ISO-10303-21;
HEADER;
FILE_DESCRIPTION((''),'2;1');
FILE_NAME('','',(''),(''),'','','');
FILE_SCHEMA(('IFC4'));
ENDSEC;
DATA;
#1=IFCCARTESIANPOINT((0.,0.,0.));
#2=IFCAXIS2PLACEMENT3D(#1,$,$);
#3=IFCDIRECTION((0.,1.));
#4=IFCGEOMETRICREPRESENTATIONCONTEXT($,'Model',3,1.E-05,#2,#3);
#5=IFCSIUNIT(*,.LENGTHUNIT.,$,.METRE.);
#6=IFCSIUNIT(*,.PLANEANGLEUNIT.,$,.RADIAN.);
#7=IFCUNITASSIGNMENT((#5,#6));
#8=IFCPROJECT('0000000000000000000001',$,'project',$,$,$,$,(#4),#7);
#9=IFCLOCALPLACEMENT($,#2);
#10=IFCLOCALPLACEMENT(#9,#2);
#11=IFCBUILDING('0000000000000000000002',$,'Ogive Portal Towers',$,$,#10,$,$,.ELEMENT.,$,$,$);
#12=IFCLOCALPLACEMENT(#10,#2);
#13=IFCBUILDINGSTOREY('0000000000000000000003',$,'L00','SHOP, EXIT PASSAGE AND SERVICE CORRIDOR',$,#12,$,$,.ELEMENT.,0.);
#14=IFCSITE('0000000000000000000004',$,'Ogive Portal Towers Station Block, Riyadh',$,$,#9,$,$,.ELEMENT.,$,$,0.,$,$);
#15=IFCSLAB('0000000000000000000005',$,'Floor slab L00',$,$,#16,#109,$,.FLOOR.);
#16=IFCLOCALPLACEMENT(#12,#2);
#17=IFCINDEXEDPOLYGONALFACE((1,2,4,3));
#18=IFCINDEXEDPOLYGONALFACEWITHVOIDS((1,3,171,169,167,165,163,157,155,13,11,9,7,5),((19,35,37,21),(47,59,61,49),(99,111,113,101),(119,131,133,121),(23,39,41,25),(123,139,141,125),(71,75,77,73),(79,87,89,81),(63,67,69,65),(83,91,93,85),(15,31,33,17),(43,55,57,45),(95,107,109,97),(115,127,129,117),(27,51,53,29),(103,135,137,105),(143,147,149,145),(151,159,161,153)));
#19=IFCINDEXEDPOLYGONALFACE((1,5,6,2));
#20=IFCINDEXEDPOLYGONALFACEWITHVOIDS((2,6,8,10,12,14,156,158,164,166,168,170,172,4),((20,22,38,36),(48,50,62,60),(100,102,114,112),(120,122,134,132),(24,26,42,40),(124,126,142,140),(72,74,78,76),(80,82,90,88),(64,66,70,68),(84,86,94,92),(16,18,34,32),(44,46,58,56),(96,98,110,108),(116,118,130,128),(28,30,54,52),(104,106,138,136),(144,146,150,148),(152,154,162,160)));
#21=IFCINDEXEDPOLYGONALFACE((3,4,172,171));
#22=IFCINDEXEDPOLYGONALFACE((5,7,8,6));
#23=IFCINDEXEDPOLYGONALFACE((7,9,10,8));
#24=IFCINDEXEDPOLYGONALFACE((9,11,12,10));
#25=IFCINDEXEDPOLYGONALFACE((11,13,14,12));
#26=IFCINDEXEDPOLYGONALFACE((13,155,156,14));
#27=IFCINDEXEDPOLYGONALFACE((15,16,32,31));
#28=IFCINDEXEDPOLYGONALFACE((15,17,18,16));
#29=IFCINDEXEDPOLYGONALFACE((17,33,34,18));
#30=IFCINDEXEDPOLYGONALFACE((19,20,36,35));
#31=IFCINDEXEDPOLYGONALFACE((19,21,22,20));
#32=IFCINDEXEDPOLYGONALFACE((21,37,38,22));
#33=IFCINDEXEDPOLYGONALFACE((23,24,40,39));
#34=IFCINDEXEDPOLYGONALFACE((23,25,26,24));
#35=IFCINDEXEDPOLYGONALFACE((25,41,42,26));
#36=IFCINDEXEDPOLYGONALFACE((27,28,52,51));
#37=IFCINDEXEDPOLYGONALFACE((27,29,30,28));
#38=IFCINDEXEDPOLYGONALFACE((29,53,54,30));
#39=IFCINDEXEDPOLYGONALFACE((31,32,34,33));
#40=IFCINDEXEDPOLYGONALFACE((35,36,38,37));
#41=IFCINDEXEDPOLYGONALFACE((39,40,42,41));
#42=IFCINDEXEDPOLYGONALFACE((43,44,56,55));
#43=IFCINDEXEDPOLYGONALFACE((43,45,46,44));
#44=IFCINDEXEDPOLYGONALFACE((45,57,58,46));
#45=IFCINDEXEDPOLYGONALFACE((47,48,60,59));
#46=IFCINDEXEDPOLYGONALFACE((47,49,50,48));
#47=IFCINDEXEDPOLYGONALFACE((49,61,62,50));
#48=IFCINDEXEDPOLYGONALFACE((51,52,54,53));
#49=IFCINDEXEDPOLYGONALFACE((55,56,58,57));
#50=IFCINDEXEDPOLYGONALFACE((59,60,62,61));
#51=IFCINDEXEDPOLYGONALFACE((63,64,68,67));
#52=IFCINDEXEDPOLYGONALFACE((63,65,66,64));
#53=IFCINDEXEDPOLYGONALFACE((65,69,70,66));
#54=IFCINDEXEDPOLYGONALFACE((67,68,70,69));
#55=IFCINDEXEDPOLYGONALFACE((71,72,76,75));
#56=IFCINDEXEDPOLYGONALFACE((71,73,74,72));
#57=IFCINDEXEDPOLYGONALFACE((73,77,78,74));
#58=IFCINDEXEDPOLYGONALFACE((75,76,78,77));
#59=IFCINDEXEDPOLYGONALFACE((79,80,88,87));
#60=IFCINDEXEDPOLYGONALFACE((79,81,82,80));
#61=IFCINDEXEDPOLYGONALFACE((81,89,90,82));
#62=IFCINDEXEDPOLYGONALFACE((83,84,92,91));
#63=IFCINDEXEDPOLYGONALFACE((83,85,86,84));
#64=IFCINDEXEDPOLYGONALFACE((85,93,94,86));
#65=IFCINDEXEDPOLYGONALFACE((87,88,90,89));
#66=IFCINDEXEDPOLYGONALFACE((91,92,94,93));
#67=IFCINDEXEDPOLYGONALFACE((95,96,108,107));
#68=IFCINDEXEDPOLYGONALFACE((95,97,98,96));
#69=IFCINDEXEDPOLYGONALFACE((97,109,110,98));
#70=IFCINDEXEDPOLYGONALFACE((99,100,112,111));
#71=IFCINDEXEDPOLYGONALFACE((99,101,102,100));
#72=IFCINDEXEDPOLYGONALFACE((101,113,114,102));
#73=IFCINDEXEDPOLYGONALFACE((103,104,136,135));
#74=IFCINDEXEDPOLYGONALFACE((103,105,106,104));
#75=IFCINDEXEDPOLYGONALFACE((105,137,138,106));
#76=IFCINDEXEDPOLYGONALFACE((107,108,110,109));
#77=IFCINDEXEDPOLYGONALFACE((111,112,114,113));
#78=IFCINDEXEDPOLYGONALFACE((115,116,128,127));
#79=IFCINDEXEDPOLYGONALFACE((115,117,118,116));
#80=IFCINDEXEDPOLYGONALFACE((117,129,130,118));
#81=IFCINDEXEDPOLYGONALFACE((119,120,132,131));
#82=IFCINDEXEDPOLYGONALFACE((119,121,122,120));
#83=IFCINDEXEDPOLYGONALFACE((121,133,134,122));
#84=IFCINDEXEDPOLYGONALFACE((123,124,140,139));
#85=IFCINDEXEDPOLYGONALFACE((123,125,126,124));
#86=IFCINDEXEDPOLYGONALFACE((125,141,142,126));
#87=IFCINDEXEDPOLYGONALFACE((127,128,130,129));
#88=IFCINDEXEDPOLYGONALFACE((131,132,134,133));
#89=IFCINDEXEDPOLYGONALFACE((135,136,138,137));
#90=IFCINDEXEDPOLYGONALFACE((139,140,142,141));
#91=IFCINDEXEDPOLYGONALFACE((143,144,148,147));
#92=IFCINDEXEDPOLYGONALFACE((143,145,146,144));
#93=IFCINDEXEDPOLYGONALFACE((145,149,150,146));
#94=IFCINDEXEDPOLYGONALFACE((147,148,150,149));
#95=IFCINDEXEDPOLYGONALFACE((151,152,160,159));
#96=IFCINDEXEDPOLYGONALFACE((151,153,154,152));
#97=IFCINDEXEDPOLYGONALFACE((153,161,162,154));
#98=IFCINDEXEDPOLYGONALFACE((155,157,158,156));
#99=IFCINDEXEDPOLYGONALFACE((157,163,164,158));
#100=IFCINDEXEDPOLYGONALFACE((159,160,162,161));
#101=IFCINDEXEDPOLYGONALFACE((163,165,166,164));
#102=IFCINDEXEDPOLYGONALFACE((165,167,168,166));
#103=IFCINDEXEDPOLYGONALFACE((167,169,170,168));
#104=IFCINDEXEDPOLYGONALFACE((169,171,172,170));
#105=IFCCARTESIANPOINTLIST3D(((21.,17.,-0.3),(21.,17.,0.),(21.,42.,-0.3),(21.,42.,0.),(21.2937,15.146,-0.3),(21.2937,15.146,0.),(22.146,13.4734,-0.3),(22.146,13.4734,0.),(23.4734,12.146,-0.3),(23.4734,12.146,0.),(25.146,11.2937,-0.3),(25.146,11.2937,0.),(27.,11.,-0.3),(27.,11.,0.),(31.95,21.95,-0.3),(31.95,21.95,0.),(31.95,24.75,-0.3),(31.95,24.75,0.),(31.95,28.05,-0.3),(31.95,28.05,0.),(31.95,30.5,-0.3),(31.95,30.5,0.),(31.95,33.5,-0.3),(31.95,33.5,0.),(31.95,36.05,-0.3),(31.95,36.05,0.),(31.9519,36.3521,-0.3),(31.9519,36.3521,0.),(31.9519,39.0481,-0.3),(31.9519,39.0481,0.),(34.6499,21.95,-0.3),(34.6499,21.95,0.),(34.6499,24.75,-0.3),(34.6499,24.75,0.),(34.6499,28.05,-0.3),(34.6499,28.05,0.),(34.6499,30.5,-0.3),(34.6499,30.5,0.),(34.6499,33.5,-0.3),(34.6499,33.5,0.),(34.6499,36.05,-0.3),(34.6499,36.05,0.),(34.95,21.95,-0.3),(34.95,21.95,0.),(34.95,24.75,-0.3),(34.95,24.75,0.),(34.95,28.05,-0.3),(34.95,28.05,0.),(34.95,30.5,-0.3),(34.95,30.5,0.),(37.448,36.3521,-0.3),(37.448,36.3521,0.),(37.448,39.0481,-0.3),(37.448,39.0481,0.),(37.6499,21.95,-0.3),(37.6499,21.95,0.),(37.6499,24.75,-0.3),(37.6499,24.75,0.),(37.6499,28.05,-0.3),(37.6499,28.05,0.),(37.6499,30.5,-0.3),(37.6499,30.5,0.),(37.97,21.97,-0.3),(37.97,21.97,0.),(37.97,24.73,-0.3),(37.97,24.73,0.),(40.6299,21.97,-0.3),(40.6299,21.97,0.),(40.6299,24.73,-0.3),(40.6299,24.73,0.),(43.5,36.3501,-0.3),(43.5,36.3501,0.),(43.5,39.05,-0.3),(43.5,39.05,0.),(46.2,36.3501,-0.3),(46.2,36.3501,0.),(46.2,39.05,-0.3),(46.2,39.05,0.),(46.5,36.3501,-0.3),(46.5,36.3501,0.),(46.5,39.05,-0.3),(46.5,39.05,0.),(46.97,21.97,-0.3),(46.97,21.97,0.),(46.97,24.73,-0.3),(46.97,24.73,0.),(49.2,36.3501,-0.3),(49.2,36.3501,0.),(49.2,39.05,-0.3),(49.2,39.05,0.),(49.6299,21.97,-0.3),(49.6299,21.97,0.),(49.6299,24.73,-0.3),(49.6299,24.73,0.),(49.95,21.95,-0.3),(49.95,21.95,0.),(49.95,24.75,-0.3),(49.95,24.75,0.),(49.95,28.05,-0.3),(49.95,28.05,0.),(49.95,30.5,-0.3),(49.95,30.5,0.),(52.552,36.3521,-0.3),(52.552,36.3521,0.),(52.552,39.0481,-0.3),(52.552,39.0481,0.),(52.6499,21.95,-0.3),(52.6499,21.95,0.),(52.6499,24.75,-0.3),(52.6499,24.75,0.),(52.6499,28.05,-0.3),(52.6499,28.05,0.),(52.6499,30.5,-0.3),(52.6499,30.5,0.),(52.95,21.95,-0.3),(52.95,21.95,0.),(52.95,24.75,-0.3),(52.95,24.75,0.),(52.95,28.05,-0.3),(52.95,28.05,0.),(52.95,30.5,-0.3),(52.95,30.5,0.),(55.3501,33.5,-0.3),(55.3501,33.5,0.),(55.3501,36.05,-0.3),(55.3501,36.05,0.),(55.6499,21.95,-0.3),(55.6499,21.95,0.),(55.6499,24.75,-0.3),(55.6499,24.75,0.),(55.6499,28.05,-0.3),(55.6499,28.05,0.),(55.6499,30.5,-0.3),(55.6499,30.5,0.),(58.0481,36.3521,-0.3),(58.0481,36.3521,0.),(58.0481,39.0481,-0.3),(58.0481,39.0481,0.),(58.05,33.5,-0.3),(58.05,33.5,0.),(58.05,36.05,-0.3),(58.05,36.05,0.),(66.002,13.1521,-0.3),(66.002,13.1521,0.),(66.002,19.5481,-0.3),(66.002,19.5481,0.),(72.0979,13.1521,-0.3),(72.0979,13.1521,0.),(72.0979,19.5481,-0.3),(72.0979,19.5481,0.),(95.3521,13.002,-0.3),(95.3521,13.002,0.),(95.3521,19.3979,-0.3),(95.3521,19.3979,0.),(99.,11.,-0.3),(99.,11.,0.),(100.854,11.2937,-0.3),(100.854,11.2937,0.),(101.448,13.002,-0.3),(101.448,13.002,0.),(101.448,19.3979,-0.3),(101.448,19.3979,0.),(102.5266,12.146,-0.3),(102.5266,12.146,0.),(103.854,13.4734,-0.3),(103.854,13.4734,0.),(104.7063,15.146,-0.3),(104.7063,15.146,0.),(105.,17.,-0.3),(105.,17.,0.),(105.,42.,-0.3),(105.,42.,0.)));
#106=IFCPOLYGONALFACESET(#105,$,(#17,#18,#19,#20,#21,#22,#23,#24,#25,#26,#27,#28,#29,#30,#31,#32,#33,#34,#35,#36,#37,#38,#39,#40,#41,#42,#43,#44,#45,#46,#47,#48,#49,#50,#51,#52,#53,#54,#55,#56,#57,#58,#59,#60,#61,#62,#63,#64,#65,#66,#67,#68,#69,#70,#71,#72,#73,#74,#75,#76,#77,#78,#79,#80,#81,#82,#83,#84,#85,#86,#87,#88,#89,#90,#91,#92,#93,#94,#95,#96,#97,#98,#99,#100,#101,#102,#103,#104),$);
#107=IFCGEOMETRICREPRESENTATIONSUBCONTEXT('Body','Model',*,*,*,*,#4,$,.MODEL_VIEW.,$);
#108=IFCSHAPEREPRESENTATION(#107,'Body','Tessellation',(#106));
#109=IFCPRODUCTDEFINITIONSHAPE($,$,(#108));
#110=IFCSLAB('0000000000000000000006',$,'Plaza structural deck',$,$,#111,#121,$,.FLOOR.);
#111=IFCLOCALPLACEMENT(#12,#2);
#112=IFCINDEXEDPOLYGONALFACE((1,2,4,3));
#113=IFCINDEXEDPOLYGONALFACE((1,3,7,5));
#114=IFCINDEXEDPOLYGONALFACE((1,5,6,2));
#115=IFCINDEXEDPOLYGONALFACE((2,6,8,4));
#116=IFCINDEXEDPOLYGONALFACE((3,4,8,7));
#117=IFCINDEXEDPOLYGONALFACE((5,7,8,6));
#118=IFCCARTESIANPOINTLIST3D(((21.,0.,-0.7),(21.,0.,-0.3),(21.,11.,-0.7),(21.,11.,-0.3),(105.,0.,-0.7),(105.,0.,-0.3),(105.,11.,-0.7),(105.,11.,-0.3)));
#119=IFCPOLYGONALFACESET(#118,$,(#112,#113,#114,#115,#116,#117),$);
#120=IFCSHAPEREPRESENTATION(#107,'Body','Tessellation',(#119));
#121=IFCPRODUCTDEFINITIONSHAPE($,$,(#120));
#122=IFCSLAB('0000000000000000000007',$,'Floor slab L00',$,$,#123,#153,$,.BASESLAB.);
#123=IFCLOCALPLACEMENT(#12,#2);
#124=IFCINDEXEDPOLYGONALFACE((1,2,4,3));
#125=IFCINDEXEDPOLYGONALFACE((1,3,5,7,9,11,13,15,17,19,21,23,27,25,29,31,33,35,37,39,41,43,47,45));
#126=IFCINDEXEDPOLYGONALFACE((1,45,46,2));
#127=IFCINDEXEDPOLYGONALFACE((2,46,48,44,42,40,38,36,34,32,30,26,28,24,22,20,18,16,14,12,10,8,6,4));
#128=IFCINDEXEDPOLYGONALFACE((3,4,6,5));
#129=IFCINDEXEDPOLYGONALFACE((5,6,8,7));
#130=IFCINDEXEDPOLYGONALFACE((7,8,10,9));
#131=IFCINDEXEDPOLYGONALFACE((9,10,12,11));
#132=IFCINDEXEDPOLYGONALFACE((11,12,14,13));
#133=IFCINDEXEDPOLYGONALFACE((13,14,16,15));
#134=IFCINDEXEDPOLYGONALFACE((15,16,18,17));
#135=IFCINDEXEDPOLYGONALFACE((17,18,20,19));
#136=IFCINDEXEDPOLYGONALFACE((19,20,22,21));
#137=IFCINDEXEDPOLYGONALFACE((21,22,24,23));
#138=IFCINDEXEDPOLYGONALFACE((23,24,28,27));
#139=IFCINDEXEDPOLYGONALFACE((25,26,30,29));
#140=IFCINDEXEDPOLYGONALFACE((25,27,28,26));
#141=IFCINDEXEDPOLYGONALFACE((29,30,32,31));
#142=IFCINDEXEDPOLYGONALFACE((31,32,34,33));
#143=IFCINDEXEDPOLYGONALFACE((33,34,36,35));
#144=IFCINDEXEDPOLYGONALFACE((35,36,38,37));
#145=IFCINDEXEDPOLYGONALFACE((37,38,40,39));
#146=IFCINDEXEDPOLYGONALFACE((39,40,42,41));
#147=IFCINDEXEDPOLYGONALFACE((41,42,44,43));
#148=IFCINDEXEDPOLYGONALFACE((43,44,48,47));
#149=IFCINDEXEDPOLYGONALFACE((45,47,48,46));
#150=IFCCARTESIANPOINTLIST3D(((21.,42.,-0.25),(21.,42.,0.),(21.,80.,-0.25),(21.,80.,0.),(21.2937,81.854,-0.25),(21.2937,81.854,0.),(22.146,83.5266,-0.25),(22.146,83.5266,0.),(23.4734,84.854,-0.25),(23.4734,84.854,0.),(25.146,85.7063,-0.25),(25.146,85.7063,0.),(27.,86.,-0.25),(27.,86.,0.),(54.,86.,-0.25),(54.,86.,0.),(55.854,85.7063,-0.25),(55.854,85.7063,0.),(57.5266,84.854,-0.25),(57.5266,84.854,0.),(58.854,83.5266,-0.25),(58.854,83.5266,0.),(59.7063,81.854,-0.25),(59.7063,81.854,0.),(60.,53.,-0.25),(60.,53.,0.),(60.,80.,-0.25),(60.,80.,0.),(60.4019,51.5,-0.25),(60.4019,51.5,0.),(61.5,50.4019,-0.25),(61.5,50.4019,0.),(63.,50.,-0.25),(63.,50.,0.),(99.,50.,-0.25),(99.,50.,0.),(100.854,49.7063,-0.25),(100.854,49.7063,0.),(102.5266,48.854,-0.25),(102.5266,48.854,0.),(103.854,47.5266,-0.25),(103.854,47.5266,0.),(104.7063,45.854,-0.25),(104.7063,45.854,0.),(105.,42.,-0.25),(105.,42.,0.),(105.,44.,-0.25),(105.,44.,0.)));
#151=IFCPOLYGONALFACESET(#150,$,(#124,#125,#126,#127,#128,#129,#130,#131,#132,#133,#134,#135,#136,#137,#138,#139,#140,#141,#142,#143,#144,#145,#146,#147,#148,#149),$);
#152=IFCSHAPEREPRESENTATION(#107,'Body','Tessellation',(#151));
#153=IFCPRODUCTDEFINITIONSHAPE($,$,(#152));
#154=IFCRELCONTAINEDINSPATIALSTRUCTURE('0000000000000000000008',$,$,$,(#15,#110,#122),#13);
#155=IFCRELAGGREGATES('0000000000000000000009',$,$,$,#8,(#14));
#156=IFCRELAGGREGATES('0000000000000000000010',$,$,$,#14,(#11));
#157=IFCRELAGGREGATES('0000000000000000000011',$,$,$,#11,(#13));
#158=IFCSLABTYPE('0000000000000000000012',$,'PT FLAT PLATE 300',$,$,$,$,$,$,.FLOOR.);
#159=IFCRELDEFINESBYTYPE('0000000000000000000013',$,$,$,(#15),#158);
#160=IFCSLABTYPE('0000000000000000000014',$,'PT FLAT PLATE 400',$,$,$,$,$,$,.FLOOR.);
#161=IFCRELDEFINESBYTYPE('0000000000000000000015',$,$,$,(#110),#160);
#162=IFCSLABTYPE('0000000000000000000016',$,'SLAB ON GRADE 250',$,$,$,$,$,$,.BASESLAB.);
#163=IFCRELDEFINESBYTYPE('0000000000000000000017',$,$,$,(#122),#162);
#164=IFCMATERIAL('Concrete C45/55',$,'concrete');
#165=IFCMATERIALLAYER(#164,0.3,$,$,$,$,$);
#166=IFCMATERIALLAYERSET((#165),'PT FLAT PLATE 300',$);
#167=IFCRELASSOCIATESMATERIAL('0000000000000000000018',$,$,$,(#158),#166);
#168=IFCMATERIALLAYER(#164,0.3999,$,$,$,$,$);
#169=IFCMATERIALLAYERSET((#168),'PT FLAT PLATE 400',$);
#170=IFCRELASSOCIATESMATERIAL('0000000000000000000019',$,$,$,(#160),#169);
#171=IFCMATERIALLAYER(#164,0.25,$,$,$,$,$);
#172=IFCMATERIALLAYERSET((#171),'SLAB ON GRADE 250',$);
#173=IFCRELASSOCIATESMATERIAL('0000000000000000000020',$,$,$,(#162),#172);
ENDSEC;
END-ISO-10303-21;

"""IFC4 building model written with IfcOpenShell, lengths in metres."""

from ifc_helpers import new_model, si_unit, direction, frame, origin, place, context, subcontext, project, spatial, polyline, outline, extrude, material, layer, layer_set, type_object, element, save


model = new_model("IFC4")

# Units and contexts
model_context = context("Model", 3, precision=1e-05, world=origin(), true_north=direction((0.0, 1.0)))
body_context = subcontext(model_context, "Body", "Model", "MODEL_VIEW")
ifc_project = project(units=[si_unit("LENGTHUNIT", "METRE"), si_unit("PLANEANGLEUNIT", "RADIAN")], contexts=[model_context])

# Site, building, storey
site_placement = place(None, origin())
site = spatial("IfcSite", under=ifc_project, at=site_placement, Name="Ogive Portal Towers Station Block, Riyadh", CompositionType="ELEMENT", RefElevation=0.0)
building_placement = place(site_placement, origin())
building = spatial("IfcBuilding", under=site, at=building_placement, Name="Ogive Portal Towers", CompositionType="ELEMENT")
storey_placement = place(building_placement, origin())
storey = spatial("IfcBuildingStorey", under=building, at=storey_placement, Name="L00", Description="SHOP, EXIT PASSAGE AND SERVICE CORRIDOR", CompositionType="ELEMENT", Elevation=0.0)

# Slabs
ifc_material_1 = material(Name="Concrete C45/55", Category="concrete")
ifc_layer_1 = layer(ifc_material_1, 0.3)
ifc_layer_set_1 = layer_set([ifc_layer_1], Name="PT FLAT PLATE 300")
slab_type_1 = type_object("IfcSlabType", Name="PT FLAT PLATE 300", PredefinedType="FLOOR", material=ifc_layer_set_1)
slab_1_placement = place(storey_placement, frame((0.0, 0.0, -0.3)))
element("IfcSlab", 1, at=slab_1_placement, inside=storey, type_object=slab_type_1, Name="Floor slab L00", PredefinedType="FLOOR", context=body_context, shape_type="SweptSolid", body=[
    extrude(outline(polyline([(103.854, 13.4734), (104.7063, 15.146), (105.0, 17.0), (105.0, 42.0), (21.0, 42.0), (21.0, 17.0), (21.2937, 15.146), (22.146, 13.4734), (23.4734, 12.146), (25.146, 11.2937), (27.0, 11.0), (99.0, 11.0), (100.854, 11.2937), (102.5266, 12.146), (103.854, 13.4734)]), holes=[polyline([(34.6499, 24.75), (34.6499, 21.95), (31.95, 21.95), (31.95, 24.75), (34.6499, 24.75)]), polyline([(37.6499, 24.75), (37.6499, 21.95), (34.95, 21.95), (34.95, 24.75), (37.6499, 24.75)]), polyline([(40.6299, 21.97), (37.97, 21.97), (37.97, 24.73), (40.6299, 24.73), (40.6299, 21.97)]), polyline([(34.6499, 30.5), (34.6499, 28.05), (31.95, 28.05), (31.95, 30.5), (34.6499, 30.5)]), polyline([(37.6499, 30.5), (37.6499, 28.05), (34.95, 28.05), (34.95, 30.5), (37.6499, 30.5)]), polyline([(34.6499, 36.05), (34.6499, 33.5), (31.95, 33.5), (31.95, 36.05), (34.6499, 36.05)]), polyline([(31.9519, 39.0481), (37.448, 39.0481), (37.448, 36.3521), (31.9519, 36.3521), (31.9519, 39.0481)]), polyline([(46.2, 36.3501), (43.5, 36.3501), (43.5, 39.05), (46.2, 39.05), (46.2, 36.3501)]), polyline([(49.2, 36.3501), (46.5, 36.3501), (46.5, 39.05), (49.2, 39.05), (49.2, 36.3501)]), polyline([(95.3521, 13.002), (95.3521, 19.3979), (101.448, 19.3979), (101.448, 13.002), (95.3521, 13.002)]), polyline([(66.002, 13.1521), (66.002, 19.5481), (72.0979, 19.5481), (72.0979, 13.1521), (66.002, 13.1521)]), polyline([(49.6299, 21.97), (46.97, 21.97), (46.97, 24.73), (49.6299, 24.73), (49.6299, 21.97)]), polyline([(52.6499, 24.75), (52.6499, 21.95), (49.95, 21.95), (49.95, 24.75), (52.6499, 24.75)]), polyline([(55.6499, 24.75), (55.6499, 21.95), (52.95, 21.95), (52.95, 24.75), (55.6499, 24.75)]), polyline([(52.6499, 30.5), (52.6499, 28.05), (49.95, 28.05), (49.95, 30.5), (52.6499, 30.5)]), polyline([(55.6499, 30.5), (55.6499, 28.05), (52.95, 28.05), (52.95, 30.5), (55.6499, 30.5)]), polyline([(58.05, 33.5), (55.3501, 33.5), (55.3501, 36.05), (58.05, 36.05), (58.05, 33.5)]), polyline([(52.552, 36.3521), (52.552, 39.0481), (58.0481, 39.0481), (58.0481, 36.3521), (52.552, 36.3521)])]), origin(), (0.0, 0.0, 1.0), 0.3),
])
ifc_layer_2 = layer(ifc_material_1, 0.3999)
ifc_layer_set_2 = layer_set([ifc_layer_2], Name="PT FLAT PLATE 400")
slab_type_2 = type_object("IfcSlabType", Name="PT FLAT PLATE 400", PredefinedType="FLOOR", material=ifc_layer_set_2)
slab_2_placement = place(storey_placement, frame((0.0, 0.0, -0.7)))
element("IfcSlab", 2, at=slab_2_placement, inside=storey, type_object=slab_type_2, Name="Plaza structural deck", PredefinedType="FLOOR", context=body_context, shape_type="SweptSolid", body=[
    extrude(outline(polyline([(105.0, 0.0), (105.0, 11.0), (21.0, 11.0), (21.0, 0.0), (105.0, 0.0)])), origin(), (0.0, 0.0, 1.0), 0.3999),
])
ifc_layer_3 = layer(ifc_material_1, 0.25)
ifc_layer_set_3 = layer_set([ifc_layer_3], Name="SLAB ON GRADE 250")
slab_type_3 = type_object("IfcSlabType", Name="SLAB ON GRADE 250", PredefinedType="BASESLAB", material=ifc_layer_set_3)
slab_3_placement = place(storey_placement, frame((0.0, 0.0, -0.25)))
element("IfcSlab", 3, at=slab_3_placement, inside=storey, type_object=slab_type_3, Name="Floor slab L00", PredefinedType="BASESLAB", context=body_context, shape_type="SweptSolid", body=[
    extrude(outline(polyline([(21.0, 80.0), (21.0, 42.0), (105.0, 42.0), (105.0, 44.0), (104.7063, 45.854), (103.854, 47.5266), (102.5266, 48.854), (100.854, 49.7063), (99.0, 50.0), (63.0, 50.0), (61.5, 50.4019), (60.4019, 51.5), (60.0, 53.0), (60.0, 80.0), (59.7063, 81.854), (58.854, 83.5266), (57.5266, 84.854), (55.854, 85.7063), (54.0, 86.0), (27.0, 86.0), (25.146, 85.7063), (23.4734, 84.854), (22.146, 83.5266), (21.2937, 81.854), (21.0, 80.0)])), origin(), (0.0, 0.0, 1.0), 0.25),
])

save(model, "model.ifc")
